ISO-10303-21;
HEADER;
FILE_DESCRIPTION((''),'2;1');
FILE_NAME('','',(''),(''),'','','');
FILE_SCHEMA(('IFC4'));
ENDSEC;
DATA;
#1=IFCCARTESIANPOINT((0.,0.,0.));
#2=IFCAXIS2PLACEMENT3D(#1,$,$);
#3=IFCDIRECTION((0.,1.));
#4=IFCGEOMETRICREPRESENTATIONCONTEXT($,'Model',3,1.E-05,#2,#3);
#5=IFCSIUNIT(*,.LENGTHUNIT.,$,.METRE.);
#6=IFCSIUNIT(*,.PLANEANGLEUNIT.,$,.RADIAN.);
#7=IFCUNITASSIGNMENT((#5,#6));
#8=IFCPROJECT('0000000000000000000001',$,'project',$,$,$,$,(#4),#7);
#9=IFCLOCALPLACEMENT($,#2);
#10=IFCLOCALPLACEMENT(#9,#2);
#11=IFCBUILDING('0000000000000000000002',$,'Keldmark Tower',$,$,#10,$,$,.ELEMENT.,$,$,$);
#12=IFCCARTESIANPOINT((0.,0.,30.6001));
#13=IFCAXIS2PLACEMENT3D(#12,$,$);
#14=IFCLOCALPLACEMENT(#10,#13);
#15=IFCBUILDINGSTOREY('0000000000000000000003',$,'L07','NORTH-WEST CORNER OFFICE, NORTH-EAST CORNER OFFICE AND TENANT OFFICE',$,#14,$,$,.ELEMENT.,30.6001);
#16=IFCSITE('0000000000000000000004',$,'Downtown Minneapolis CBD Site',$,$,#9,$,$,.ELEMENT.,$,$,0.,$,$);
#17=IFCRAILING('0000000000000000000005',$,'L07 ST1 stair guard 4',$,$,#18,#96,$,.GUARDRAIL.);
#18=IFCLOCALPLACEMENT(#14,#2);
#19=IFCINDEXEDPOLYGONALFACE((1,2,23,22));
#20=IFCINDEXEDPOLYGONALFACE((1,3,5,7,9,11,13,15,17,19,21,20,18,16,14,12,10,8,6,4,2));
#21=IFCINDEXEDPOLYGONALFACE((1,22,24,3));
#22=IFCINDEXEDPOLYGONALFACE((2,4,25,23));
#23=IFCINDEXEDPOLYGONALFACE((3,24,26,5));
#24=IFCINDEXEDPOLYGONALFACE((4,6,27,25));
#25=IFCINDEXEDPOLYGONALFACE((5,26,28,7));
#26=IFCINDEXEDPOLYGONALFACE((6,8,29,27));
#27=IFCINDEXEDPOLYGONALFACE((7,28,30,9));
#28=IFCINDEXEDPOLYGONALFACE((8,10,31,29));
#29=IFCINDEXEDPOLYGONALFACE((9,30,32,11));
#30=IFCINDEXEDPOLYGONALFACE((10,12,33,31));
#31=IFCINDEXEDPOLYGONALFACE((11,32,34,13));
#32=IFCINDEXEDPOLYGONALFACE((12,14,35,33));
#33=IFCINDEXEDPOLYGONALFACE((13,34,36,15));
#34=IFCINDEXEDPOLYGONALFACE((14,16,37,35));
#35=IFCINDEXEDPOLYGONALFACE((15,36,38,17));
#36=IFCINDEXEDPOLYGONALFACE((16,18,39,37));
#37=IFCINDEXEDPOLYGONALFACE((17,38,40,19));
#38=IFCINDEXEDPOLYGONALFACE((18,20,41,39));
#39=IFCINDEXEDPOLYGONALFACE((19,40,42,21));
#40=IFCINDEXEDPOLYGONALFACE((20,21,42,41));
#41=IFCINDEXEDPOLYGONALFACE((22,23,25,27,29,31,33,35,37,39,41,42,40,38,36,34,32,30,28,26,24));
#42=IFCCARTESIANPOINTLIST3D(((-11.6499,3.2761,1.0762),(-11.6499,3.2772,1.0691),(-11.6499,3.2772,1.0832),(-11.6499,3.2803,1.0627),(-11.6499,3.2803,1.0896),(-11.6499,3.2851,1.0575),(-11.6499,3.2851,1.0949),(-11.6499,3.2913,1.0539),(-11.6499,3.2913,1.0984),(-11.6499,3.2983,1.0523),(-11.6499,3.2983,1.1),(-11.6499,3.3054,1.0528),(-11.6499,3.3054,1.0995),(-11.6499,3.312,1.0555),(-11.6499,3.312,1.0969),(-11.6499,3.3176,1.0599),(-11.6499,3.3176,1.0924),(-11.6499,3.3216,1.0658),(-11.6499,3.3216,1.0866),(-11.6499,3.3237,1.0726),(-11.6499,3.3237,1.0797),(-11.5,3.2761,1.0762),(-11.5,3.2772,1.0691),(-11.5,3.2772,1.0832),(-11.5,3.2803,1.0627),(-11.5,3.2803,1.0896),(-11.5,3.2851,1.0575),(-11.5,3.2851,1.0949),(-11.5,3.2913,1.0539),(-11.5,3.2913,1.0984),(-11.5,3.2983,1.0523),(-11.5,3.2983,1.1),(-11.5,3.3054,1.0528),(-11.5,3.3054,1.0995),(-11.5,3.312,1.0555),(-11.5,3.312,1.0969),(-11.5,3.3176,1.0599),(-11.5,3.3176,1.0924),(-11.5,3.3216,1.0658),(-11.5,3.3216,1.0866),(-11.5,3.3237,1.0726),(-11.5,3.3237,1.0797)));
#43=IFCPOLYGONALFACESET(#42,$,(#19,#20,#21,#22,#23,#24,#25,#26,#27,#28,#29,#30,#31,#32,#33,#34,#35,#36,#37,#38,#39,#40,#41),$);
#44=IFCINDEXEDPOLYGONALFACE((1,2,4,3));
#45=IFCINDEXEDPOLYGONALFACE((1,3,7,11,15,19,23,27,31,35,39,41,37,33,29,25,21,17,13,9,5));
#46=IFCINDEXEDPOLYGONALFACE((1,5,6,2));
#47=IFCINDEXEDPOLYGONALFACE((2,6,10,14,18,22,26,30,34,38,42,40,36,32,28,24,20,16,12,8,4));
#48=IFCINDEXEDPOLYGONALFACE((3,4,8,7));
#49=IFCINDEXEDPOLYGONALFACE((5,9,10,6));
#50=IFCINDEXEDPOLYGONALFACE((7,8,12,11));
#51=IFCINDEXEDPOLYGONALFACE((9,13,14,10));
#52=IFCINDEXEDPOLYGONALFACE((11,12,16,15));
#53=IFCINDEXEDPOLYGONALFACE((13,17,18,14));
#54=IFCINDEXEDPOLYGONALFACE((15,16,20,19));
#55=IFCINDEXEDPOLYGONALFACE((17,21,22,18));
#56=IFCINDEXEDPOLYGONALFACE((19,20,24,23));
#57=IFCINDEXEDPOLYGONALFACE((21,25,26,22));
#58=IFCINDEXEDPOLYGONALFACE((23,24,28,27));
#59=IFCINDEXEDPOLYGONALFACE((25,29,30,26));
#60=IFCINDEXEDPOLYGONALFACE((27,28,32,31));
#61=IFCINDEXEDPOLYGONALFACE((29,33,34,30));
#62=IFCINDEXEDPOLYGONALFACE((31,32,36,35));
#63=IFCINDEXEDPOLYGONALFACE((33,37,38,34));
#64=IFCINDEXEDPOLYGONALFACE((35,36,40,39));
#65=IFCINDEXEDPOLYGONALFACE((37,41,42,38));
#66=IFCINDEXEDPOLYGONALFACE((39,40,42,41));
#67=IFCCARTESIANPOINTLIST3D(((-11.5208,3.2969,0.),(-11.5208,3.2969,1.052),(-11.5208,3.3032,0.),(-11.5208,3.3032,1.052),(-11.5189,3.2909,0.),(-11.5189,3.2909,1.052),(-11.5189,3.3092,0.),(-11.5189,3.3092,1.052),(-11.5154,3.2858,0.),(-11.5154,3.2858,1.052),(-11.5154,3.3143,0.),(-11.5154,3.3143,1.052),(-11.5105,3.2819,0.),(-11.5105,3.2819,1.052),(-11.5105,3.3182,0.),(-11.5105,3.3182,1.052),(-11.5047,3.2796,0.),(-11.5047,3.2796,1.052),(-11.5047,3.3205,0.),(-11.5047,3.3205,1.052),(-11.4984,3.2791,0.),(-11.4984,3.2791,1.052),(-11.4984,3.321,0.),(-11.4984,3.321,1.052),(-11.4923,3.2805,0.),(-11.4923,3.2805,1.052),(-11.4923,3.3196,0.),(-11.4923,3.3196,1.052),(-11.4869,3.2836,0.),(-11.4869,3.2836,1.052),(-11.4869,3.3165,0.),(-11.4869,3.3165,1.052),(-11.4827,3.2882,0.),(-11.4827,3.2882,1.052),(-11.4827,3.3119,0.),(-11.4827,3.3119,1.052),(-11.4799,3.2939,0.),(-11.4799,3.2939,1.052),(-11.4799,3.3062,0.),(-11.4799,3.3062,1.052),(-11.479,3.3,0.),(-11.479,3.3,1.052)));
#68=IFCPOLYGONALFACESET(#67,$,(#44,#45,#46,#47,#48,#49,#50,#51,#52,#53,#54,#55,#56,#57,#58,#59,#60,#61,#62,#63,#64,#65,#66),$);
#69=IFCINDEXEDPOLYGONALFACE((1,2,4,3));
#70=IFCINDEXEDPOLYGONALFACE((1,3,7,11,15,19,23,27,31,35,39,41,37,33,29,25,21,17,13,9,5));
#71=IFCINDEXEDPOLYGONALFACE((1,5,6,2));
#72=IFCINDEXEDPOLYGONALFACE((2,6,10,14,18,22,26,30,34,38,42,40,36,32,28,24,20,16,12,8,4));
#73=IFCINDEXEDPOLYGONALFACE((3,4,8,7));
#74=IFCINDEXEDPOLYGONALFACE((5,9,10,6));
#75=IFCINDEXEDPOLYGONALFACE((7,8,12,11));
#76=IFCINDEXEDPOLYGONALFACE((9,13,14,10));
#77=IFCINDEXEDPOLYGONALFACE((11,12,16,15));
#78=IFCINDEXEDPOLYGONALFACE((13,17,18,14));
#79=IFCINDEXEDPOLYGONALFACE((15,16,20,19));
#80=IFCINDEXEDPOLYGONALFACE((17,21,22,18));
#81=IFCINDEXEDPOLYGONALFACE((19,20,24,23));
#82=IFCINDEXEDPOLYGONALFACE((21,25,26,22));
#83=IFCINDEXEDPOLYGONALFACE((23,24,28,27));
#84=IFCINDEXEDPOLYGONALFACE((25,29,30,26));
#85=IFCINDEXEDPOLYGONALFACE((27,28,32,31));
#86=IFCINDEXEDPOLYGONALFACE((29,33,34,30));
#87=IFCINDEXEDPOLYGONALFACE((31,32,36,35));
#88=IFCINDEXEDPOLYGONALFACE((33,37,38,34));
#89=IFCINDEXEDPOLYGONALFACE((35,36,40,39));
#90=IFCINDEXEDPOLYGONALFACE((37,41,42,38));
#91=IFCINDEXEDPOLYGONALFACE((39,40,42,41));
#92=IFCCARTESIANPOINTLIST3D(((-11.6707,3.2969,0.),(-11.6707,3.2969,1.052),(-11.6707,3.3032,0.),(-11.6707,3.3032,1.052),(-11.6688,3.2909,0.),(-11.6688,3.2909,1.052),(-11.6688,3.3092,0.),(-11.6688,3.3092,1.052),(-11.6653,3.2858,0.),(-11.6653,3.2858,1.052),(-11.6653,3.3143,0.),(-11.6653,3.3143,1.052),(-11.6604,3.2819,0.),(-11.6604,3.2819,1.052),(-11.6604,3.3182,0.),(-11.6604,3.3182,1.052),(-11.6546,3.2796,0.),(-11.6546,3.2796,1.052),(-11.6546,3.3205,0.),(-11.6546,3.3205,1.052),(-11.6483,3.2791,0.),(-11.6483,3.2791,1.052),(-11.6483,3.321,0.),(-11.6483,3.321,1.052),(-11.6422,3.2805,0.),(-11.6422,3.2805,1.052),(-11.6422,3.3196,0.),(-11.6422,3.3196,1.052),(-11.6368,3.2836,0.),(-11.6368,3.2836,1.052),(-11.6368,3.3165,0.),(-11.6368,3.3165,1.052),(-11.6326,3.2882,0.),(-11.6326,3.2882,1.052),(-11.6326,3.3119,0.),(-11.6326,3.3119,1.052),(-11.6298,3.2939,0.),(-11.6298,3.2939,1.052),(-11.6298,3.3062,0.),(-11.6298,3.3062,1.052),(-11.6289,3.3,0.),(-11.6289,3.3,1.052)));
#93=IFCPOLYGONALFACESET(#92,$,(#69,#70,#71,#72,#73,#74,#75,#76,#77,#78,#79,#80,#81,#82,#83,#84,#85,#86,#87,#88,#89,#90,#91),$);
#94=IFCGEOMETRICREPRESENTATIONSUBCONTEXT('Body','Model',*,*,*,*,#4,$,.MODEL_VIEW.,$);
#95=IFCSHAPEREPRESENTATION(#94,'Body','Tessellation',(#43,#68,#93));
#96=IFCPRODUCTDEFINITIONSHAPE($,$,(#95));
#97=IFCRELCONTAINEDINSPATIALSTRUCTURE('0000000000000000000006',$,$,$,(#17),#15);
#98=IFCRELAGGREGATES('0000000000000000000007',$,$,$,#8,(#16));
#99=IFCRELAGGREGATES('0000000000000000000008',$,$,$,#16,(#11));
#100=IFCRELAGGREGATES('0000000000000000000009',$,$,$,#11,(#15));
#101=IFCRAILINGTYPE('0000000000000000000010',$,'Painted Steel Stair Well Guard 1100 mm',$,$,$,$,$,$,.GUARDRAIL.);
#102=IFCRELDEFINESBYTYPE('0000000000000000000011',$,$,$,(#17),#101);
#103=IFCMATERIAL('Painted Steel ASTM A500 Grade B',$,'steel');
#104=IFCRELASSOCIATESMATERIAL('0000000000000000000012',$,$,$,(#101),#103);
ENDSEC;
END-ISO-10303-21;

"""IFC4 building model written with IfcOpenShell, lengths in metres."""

from ifc_helpers import new_model, si_unit, direction, frame, origin, origin_2d, place, context, subcontext, project, spatial, circle, extrude, material, type_object, element, save


model = new_model("IFC4")

# Units and contexts
model_context = context("Model", 3, precision=1e-05, world=origin(), true_north=direction((0.0, 1.0)))
body_context = subcontext(model_context, "Body", "Model", "MODEL_VIEW")
ifc_project = project(units=[si_unit("LENGTHUNIT", "METRE"), si_unit("PLANEANGLEUNIT", "RADIAN")], contexts=[model_context])

# Site, building, storey
site_placement = place(None, origin())
site = spatial("IfcSite", under=ifc_project, at=site_placement, Name="Downtown Minneapolis CBD Site", CompositionType="ELEMENT", RefElevation=0.0)
building_placement = place(site_placement, origin())
building = spatial("IfcBuilding", under=site, at=building_placement, Name="Keldmark Tower", CompositionType="ELEMENT")
storey_placement = place(building_placement, frame((0.0, 0.0, 30.6001)))
storey = spatial("IfcBuildingStorey", under=building, at=storey_placement, Name="L07", Description="NORTH-WEST CORNER OFFICE, NORTH-EAST CORNER OFFICE AND TENANT OFFICE", CompositionType="ELEMENT", Elevation=30.6001)

# Railing
ifc_material_1 = material(Name="Painted Steel ASTM A500 Grade B", Category="steel")
railing_type_1 = type_object("IfcRailingType", Name="Painted Steel Stair Well Guard 1100 mm", PredefinedType="GUARDRAIL", material=ifc_material_1)
railing_1_placement = place(storey_placement, frame((-11.5, 3.3, 0.0)))
element("IfcRailing", 1, at=railing_1_placement, inside=storey, type_object=railing_type_1, Name="L07 ST1 stair guard 4", PredefinedType="GUARDRAIL", context=body_context, shape_type="SweptSolid", body=[
    extrude(circle(Radius=0.0239, at=origin_2d()), frame((0.0, 0.0, 1.0762), z_axis=(-1.0, 0.0, 0.0), x_axis=(0.0, -1.0, 0.0)), (0.0, 0.0, 1.0), 0.1499),
    extrude(circle(Radius=0.021, at=origin_2d()), origin(), (0.0, 0.0, 1.0), 1.052),
    extrude(circle(Radius=0.021, at=origin_2d()), frame((-0.1499, 0.0, 0.0)), (0.0, 0.0, 1.0), 1.052),
])

save(model, "model.ifc")
